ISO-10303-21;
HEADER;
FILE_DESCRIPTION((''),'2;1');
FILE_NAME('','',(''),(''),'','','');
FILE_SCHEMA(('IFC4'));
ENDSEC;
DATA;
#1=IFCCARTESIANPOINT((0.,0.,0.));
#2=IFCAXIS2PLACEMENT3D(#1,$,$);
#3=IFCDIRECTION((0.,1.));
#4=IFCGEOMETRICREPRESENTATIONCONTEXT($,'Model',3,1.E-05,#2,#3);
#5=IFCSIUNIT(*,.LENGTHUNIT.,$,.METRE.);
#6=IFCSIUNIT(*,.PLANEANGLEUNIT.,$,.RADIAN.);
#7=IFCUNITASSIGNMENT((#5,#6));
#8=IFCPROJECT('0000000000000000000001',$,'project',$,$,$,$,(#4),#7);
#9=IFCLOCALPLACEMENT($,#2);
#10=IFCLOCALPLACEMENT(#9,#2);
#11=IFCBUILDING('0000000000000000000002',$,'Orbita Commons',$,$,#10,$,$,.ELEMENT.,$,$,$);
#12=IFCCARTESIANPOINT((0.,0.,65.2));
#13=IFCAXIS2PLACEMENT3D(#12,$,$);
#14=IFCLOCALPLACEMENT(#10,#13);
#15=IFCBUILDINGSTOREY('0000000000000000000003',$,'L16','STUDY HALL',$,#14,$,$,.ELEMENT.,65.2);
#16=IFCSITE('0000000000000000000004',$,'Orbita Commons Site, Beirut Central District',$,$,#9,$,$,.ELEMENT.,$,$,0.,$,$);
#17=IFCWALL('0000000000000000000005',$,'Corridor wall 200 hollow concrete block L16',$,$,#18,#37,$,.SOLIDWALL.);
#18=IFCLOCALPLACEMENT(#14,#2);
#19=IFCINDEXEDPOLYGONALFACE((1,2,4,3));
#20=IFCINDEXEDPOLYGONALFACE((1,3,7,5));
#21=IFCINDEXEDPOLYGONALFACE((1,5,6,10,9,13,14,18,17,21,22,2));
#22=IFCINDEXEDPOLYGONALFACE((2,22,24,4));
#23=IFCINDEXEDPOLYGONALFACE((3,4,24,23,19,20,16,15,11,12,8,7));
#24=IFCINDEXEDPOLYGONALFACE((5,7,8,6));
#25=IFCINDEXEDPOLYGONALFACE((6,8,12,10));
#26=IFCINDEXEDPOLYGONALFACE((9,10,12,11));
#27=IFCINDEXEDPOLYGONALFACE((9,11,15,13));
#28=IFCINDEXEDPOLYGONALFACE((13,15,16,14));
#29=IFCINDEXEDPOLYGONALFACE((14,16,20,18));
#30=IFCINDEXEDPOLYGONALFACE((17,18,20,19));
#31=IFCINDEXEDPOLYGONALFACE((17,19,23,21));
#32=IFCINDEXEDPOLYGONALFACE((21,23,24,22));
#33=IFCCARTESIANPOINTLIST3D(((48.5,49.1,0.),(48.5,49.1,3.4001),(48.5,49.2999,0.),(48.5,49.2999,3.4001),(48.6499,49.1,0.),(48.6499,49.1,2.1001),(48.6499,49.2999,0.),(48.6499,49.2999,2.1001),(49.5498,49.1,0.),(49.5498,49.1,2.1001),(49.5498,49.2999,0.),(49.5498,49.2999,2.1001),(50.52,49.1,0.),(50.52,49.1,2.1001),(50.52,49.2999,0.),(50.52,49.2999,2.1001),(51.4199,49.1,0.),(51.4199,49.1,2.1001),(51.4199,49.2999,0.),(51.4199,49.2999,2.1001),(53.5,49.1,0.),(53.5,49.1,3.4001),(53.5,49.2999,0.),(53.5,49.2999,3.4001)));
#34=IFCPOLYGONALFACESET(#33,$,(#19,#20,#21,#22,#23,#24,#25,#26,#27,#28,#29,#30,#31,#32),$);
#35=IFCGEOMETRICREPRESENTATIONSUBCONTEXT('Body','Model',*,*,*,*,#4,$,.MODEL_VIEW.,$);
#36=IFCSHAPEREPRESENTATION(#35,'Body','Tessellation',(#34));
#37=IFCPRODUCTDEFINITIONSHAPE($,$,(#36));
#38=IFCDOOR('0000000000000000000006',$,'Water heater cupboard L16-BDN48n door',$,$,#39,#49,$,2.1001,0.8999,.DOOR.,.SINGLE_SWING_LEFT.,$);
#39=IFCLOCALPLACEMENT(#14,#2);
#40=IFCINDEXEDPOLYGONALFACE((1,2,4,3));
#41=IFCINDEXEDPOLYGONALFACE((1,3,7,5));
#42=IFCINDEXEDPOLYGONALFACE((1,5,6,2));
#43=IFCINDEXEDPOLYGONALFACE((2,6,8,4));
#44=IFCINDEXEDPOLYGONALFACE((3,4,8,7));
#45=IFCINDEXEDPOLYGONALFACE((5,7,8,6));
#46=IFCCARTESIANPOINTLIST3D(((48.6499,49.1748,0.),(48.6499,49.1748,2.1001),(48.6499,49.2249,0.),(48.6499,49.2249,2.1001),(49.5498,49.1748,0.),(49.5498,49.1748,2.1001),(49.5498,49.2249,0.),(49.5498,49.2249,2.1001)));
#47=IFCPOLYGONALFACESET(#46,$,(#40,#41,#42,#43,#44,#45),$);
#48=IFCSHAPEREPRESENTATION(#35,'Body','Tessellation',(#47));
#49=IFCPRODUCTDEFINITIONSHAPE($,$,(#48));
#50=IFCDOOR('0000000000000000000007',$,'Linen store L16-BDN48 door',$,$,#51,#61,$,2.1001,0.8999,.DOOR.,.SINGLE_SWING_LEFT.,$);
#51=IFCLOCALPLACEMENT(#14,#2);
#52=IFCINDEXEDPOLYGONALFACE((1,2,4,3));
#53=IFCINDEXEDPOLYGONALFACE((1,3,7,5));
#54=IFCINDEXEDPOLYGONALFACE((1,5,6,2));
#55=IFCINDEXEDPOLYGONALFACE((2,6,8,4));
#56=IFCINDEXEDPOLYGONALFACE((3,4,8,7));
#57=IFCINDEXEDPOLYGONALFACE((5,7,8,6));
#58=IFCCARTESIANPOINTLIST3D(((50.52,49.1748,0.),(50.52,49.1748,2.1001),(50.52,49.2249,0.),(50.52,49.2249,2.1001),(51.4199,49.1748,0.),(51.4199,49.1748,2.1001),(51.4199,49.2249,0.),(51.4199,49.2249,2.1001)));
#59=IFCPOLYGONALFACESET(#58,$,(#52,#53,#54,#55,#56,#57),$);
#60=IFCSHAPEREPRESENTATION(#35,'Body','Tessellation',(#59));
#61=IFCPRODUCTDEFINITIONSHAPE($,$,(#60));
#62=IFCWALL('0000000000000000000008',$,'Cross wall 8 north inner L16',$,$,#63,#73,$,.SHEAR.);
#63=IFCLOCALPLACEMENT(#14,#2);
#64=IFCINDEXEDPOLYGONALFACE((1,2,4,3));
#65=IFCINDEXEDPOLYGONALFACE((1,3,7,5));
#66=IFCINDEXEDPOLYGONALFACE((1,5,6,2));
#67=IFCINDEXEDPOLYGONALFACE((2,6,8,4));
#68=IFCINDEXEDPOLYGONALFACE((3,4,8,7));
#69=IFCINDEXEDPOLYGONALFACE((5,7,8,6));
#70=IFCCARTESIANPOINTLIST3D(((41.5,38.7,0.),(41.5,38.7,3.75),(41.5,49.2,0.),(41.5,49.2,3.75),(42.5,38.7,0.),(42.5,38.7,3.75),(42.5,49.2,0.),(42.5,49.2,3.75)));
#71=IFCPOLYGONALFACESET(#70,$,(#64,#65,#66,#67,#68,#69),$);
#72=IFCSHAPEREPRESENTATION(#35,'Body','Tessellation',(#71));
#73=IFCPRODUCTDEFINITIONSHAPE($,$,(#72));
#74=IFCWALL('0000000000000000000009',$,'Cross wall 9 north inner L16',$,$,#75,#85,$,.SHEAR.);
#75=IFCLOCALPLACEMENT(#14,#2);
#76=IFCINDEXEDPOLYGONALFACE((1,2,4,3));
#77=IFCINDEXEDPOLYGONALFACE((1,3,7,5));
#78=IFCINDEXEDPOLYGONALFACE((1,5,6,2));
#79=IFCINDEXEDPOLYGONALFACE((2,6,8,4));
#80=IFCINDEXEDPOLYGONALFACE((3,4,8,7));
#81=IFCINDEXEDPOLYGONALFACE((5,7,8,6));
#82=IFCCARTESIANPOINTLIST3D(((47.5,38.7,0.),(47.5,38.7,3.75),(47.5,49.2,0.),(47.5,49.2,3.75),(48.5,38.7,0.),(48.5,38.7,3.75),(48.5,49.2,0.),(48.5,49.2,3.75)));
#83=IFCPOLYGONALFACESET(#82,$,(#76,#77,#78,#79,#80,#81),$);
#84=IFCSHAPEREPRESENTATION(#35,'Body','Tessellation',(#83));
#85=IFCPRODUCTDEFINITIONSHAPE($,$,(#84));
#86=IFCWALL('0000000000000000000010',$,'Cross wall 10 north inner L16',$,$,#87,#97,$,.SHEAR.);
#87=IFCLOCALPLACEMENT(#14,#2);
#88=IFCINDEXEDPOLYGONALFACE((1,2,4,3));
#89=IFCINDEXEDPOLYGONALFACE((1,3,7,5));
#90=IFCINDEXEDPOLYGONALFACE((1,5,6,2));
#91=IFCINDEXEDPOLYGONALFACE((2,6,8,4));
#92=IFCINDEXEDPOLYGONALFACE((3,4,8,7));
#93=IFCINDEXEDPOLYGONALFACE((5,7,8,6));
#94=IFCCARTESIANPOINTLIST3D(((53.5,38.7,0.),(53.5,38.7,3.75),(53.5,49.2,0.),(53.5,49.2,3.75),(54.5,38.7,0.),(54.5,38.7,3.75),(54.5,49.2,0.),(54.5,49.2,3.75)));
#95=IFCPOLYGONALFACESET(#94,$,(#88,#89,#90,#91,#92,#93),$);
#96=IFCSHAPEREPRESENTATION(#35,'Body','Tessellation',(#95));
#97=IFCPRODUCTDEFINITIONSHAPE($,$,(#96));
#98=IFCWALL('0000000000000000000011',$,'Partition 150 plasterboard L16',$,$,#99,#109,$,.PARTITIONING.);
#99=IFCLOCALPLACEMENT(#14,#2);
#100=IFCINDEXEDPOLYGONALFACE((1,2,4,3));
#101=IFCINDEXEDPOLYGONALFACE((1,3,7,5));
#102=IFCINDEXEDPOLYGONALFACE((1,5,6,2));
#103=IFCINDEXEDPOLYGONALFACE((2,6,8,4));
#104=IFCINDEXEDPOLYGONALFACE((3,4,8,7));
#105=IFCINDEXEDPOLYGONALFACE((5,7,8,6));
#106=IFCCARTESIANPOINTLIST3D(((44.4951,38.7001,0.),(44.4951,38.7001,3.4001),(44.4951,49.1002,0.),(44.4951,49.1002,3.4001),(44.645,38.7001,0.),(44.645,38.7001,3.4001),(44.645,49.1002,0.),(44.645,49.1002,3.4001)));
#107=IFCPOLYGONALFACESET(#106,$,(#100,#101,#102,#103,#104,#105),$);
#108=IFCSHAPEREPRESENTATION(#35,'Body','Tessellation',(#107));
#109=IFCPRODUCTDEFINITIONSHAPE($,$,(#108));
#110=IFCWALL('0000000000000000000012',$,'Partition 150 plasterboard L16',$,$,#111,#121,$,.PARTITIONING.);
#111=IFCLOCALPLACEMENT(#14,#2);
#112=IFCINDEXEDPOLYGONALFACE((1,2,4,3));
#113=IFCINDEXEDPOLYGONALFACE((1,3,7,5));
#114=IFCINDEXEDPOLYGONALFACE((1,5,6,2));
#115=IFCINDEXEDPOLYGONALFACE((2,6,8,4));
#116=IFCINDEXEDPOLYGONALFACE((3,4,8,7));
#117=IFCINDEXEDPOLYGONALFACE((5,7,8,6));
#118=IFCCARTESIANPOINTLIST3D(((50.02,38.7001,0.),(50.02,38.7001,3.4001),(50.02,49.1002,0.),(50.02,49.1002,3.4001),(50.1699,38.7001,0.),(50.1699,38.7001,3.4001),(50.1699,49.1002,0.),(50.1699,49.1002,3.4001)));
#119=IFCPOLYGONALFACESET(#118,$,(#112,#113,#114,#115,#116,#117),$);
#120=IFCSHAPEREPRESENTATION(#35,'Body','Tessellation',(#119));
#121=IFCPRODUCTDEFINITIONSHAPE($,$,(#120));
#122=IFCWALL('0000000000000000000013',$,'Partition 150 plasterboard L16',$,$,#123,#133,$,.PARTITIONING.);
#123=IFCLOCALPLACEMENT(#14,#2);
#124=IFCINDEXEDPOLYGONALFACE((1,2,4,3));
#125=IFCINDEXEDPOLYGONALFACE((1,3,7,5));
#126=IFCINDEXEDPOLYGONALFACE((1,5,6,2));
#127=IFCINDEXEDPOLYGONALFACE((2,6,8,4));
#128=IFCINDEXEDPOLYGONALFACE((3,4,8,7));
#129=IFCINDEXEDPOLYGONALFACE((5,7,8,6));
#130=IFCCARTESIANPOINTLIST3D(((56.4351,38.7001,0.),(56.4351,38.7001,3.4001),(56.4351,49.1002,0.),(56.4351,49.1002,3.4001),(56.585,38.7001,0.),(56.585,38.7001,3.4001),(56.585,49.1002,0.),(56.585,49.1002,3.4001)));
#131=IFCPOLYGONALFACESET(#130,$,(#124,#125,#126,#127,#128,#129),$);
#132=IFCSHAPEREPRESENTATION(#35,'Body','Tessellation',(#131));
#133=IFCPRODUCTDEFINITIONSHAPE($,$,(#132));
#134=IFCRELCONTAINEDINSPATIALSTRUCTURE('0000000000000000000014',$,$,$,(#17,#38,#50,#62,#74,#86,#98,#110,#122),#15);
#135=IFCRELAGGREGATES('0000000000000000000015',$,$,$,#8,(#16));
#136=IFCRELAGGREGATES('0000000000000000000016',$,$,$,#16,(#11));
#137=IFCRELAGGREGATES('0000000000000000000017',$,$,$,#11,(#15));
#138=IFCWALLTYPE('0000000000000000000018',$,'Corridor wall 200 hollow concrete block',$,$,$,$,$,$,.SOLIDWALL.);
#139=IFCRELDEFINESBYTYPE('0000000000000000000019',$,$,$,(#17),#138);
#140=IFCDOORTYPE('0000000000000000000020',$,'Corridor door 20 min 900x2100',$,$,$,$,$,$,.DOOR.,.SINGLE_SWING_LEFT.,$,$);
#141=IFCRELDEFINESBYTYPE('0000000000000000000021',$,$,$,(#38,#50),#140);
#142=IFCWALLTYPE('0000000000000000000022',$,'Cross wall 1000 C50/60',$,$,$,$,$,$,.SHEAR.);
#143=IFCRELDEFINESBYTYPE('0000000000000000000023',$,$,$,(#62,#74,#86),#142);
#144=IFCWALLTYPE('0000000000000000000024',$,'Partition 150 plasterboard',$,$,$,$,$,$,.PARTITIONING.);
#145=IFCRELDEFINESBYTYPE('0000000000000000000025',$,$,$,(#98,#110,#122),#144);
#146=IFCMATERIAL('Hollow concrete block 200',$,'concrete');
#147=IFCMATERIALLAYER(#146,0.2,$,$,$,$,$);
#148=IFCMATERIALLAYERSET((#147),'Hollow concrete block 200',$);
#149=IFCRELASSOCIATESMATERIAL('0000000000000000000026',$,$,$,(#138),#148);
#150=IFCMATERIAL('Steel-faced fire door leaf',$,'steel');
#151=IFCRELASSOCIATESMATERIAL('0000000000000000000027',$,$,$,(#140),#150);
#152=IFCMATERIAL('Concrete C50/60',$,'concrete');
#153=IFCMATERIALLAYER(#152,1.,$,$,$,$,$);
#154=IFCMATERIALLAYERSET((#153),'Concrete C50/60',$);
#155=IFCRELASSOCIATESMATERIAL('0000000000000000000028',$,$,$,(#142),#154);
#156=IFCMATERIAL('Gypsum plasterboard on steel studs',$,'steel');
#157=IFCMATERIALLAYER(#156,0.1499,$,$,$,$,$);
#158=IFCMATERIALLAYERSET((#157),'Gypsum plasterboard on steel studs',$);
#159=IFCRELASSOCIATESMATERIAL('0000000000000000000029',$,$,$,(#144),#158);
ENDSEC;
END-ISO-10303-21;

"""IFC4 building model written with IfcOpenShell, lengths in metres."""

from ifc_helpers import new_model, si_unit, direction, frame, frame_2d, origin, place, context, subcontext, project, spatial, rectangle, extrude, material, layer, layer_set, type_object, element, fill, save


model = new_model("IFC4")

# Units and contexts
model_context = context("Model", 3, precision=1e-05, world=origin(), true_north=direction((0.0, 1.0)))
body_context = subcontext(model_context, "Body", "Model", "MODEL_VIEW")
ifc_project = project(units=[si_unit("LENGTHUNIT", "METRE"), si_unit("PLANEANGLEUNIT", "RADIAN")], contexts=[model_context])

# Site, building, storey
site_placement = place(None, origin())
site = spatial("IfcSite", under=ifc_project, at=site_placement, Name="Orbita Commons Site, Beirut Central District", CompositionType="ELEMENT", RefElevation=0.0)
building_placement = place(site_placement, origin())
building = spatial("IfcBuilding", under=site, at=building_placement, Name="Orbita Commons", CompositionType="ELEMENT")
storey_placement = place(building_placement, frame((0.0, 0.0, 65.2)))
storey = spatial("IfcBuildingStorey", under=building, at=storey_placement, Name="L16", Description="STUDY HALL", CompositionType="ELEMENT", Elevation=65.2)

# Wall, openings, doors
ifc_material_1 = material(Name="Hollow concrete block 200", Category="concrete")
ifc_layer_1 = layer(ifc_material_1, 0.2)
ifc_layer_set_1 = layer_set([ifc_layer_1], Name="Hollow concrete block 200")
wall_type_1 = type_object("IfcWallType", Name="Corridor wall 200 hollow concrete block", PredefinedType="SOLIDWALL", material=ifc_layer_set_1)
ifc_material_2 = material(Name="Steel-faced fire door leaf", Category="steel")
door_type_1 = type_object("IfcDoorType", Name="Corridor door 20 min 900x2100", OperationType="SINGLE_SWING_LEFT", PredefinedType="DOOR", material=ifc_material_2)
wall_1_placement = place(storey_placement, frame((48.5, 49.2, 0.0), z_axis=(0.0, 0.0, 1.0), x_axis=(1.0, 0.0, 0.0)))
wall_1 = element("IfcWall", 1, at=wall_1_placement, inside=storey, type_object=wall_type_1, Name="Corridor wall 200 hollow concrete block L16", PredefinedType="SOLIDWALL", context=body_context, shape_type="SweptSolid", body=[
    extrude(rectangle(XDim=5.0, YDim=0.2, at=frame_2d((2.5, 0.0))), origin(), (0.0, 0.0, 1.0), 3.4001),
])
opening_1_placement = place(wall_1_placement, frame((0.1499, 0.0, 0.0)))
opening_1 = element("IfcOpeningElement", 2, at=opening_1_placement, cuts=wall_1, PredefinedType="OPENING", context=body_context, shape_type="SweptSolid", body=[
    extrude(rectangle(XDim=0.8999, YDim=2.1001, at=frame_2d((0.45, 1.05))), frame((0.0, 0.1099, 0.0), z_axis=(0.0, -1.0, 0.0), x_axis=(1.0, 0.0, 0.0)), (0.0, 0.0, 1.0), 0.22),
])
opening_2_placement = place(wall_1_placement, frame((2.02, 0.0, 0.0)))
opening_2 = element("IfcOpeningElement", 3, at=opening_2_placement, cuts=wall_1, PredefinedType="OPENING", context=body_context, shape_type="SweptSolid", body=[
    extrude(rectangle(XDim=0.8999, YDim=2.1001, at=frame_2d((0.45, 1.05))), frame((0.0, 0.1099, 0.0), z_axis=(0.0, -1.0, 0.0), x_axis=(1.0, 0.0, 0.0)), (0.0, 0.0, 1.0), 0.22),
])
door_1_placement = place(opening_1_placement, origin())
door_1 = element("IfcDoor", 4, at=door_1_placement, inside=storey, type_object=door_type_1, Name="Water heater cupboard L16-BDN48n door", OperationType="SINGLE_SWING_LEFT", OverallHeight=2.1001, OverallWidth=0.8999, PredefinedType="DOOR", context=body_context, shape_type="SweptSolid", body=[
    extrude(rectangle(XDim=0.8999, YDim=2.1001, at=frame_2d((0.45, 1.05))), frame((0.0, 0.0249, 0.0), z_axis=(0.0, -1.0, 0.0), x_axis=(1.0, 0.0, 0.0)), (0.0, 0.0, 1.0), 0.05),
])
fill(opening_1, door_1)
door_2_placement = place(opening_2_placement, origin())
door_2 = element("IfcDoor", 5, at=door_2_placement, inside=storey, type_object=door_type_1, Name="Linen store L16-BDN48 door", OperationType="SINGLE_SWING_LEFT", OverallHeight=2.1001, OverallWidth=0.8999, PredefinedType="DOOR", context=body_context, shape_type="SweptSolid", body=[
    extrude(rectangle(XDim=0.8999, YDim=2.1001, at=frame_2d((0.45, 1.05))), frame((0.0, 0.0249, 0.0), z_axis=(0.0, -1.0, 0.0), x_axis=(1.0, 0.0, 0.0)), (0.0, 0.0, 1.0), 0.05),
])
fill(opening_2, door_2)

# Walls
ifc_material_3 = material(Name="Concrete C50/60", Category="concrete")
ifc_layer_2 = layer(ifc_material_3, 1.0)
ifc_layer_set_2 = layer_set([ifc_layer_2], Name="Concrete C50/60")
wall_type_2 = type_object("IfcWallType", Name="Cross wall 1000 C50/60", PredefinedType="SHEAR", material=ifc_layer_set_2)
for number, where, z_axis, x_axis, name in (
    (6, (42.0, 38.7, 0.0), (0.0, 0.0, 1.0), (0.0, 1.0, 0.0), "Cross wall 8 north inner L16"),
    (7, (48.0, 38.7, 0.0), (0.0, 0.0, 1.0), (0.0, 1.0, 0.0), "Cross wall 9 north inner L16"),
    (8, (54.0, 38.7, 0.0), (0.0, 0.0, 1.0), (0.0, 1.0, 0.0), "Cross wall 10 north inner L16"),
):
    element("IfcWall", number, at=place(storey_placement, frame(where, z_axis=z_axis, x_axis=x_axis)), inside=storey, type_object=wall_type_2, Name=name, PredefinedType="SHEAR", context=body_context, shape_type="SweptSolid", body=[
        extrude(rectangle(XDim=10.5, YDim=1.0, at=frame_2d((5.25, 0.0))), origin(), (0.0, 0.0, 1.0), 3.75),
    ])
ifc_material_4 = material(Name="Gypsum plasterboard on steel studs", Category="steel")
ifc_layer_3 = layer(ifc_material_4, 0.1499)
ifc_layer_set_3 = layer_set([ifc_layer_3], Name="Gypsum plasterboard on steel studs")
wall_type_3 = type_object("IfcWallType", Name="Partition 150 plasterboard", PredefinedType="PARTITIONING", material=ifc_layer_set_3)
for number, where, z_axis, x_axis, name in (
    (9, (44.5701, 38.7, 0.0), (0.0, 0.0, 1.0), (0.0, 1.0, 0.0), "Partition 150 plasterboard L16"),
    (10, (50.095, 38.7, 0.0), (0.0, 0.0, 1.0), (0.0, 1.0, 0.0), "Partition 150 plasterboard L16"),
    (11, (56.51, 38.7, 0.0), (0.0, 0.0, 1.0), (0.0, 1.0, 0.0), "Partition 150 plasterboard L16"),
):
    element("IfcWall", number, at=place(storey_placement, frame(where, z_axis=z_axis, x_axis=x_axis)), inside=storey, type_object=wall_type_3, Name=name, PredefinedType="PARTITIONING", context=body_context, shape_type="SweptSolid", body=[
        extrude(rectangle(XDim=10.4001, YDim=0.1499, at=frame_2d((5.2002, 0.0))), origin(), (0.0, 0.0, 1.0), 3.4001),
    ])

save(model, "model.ifc")
